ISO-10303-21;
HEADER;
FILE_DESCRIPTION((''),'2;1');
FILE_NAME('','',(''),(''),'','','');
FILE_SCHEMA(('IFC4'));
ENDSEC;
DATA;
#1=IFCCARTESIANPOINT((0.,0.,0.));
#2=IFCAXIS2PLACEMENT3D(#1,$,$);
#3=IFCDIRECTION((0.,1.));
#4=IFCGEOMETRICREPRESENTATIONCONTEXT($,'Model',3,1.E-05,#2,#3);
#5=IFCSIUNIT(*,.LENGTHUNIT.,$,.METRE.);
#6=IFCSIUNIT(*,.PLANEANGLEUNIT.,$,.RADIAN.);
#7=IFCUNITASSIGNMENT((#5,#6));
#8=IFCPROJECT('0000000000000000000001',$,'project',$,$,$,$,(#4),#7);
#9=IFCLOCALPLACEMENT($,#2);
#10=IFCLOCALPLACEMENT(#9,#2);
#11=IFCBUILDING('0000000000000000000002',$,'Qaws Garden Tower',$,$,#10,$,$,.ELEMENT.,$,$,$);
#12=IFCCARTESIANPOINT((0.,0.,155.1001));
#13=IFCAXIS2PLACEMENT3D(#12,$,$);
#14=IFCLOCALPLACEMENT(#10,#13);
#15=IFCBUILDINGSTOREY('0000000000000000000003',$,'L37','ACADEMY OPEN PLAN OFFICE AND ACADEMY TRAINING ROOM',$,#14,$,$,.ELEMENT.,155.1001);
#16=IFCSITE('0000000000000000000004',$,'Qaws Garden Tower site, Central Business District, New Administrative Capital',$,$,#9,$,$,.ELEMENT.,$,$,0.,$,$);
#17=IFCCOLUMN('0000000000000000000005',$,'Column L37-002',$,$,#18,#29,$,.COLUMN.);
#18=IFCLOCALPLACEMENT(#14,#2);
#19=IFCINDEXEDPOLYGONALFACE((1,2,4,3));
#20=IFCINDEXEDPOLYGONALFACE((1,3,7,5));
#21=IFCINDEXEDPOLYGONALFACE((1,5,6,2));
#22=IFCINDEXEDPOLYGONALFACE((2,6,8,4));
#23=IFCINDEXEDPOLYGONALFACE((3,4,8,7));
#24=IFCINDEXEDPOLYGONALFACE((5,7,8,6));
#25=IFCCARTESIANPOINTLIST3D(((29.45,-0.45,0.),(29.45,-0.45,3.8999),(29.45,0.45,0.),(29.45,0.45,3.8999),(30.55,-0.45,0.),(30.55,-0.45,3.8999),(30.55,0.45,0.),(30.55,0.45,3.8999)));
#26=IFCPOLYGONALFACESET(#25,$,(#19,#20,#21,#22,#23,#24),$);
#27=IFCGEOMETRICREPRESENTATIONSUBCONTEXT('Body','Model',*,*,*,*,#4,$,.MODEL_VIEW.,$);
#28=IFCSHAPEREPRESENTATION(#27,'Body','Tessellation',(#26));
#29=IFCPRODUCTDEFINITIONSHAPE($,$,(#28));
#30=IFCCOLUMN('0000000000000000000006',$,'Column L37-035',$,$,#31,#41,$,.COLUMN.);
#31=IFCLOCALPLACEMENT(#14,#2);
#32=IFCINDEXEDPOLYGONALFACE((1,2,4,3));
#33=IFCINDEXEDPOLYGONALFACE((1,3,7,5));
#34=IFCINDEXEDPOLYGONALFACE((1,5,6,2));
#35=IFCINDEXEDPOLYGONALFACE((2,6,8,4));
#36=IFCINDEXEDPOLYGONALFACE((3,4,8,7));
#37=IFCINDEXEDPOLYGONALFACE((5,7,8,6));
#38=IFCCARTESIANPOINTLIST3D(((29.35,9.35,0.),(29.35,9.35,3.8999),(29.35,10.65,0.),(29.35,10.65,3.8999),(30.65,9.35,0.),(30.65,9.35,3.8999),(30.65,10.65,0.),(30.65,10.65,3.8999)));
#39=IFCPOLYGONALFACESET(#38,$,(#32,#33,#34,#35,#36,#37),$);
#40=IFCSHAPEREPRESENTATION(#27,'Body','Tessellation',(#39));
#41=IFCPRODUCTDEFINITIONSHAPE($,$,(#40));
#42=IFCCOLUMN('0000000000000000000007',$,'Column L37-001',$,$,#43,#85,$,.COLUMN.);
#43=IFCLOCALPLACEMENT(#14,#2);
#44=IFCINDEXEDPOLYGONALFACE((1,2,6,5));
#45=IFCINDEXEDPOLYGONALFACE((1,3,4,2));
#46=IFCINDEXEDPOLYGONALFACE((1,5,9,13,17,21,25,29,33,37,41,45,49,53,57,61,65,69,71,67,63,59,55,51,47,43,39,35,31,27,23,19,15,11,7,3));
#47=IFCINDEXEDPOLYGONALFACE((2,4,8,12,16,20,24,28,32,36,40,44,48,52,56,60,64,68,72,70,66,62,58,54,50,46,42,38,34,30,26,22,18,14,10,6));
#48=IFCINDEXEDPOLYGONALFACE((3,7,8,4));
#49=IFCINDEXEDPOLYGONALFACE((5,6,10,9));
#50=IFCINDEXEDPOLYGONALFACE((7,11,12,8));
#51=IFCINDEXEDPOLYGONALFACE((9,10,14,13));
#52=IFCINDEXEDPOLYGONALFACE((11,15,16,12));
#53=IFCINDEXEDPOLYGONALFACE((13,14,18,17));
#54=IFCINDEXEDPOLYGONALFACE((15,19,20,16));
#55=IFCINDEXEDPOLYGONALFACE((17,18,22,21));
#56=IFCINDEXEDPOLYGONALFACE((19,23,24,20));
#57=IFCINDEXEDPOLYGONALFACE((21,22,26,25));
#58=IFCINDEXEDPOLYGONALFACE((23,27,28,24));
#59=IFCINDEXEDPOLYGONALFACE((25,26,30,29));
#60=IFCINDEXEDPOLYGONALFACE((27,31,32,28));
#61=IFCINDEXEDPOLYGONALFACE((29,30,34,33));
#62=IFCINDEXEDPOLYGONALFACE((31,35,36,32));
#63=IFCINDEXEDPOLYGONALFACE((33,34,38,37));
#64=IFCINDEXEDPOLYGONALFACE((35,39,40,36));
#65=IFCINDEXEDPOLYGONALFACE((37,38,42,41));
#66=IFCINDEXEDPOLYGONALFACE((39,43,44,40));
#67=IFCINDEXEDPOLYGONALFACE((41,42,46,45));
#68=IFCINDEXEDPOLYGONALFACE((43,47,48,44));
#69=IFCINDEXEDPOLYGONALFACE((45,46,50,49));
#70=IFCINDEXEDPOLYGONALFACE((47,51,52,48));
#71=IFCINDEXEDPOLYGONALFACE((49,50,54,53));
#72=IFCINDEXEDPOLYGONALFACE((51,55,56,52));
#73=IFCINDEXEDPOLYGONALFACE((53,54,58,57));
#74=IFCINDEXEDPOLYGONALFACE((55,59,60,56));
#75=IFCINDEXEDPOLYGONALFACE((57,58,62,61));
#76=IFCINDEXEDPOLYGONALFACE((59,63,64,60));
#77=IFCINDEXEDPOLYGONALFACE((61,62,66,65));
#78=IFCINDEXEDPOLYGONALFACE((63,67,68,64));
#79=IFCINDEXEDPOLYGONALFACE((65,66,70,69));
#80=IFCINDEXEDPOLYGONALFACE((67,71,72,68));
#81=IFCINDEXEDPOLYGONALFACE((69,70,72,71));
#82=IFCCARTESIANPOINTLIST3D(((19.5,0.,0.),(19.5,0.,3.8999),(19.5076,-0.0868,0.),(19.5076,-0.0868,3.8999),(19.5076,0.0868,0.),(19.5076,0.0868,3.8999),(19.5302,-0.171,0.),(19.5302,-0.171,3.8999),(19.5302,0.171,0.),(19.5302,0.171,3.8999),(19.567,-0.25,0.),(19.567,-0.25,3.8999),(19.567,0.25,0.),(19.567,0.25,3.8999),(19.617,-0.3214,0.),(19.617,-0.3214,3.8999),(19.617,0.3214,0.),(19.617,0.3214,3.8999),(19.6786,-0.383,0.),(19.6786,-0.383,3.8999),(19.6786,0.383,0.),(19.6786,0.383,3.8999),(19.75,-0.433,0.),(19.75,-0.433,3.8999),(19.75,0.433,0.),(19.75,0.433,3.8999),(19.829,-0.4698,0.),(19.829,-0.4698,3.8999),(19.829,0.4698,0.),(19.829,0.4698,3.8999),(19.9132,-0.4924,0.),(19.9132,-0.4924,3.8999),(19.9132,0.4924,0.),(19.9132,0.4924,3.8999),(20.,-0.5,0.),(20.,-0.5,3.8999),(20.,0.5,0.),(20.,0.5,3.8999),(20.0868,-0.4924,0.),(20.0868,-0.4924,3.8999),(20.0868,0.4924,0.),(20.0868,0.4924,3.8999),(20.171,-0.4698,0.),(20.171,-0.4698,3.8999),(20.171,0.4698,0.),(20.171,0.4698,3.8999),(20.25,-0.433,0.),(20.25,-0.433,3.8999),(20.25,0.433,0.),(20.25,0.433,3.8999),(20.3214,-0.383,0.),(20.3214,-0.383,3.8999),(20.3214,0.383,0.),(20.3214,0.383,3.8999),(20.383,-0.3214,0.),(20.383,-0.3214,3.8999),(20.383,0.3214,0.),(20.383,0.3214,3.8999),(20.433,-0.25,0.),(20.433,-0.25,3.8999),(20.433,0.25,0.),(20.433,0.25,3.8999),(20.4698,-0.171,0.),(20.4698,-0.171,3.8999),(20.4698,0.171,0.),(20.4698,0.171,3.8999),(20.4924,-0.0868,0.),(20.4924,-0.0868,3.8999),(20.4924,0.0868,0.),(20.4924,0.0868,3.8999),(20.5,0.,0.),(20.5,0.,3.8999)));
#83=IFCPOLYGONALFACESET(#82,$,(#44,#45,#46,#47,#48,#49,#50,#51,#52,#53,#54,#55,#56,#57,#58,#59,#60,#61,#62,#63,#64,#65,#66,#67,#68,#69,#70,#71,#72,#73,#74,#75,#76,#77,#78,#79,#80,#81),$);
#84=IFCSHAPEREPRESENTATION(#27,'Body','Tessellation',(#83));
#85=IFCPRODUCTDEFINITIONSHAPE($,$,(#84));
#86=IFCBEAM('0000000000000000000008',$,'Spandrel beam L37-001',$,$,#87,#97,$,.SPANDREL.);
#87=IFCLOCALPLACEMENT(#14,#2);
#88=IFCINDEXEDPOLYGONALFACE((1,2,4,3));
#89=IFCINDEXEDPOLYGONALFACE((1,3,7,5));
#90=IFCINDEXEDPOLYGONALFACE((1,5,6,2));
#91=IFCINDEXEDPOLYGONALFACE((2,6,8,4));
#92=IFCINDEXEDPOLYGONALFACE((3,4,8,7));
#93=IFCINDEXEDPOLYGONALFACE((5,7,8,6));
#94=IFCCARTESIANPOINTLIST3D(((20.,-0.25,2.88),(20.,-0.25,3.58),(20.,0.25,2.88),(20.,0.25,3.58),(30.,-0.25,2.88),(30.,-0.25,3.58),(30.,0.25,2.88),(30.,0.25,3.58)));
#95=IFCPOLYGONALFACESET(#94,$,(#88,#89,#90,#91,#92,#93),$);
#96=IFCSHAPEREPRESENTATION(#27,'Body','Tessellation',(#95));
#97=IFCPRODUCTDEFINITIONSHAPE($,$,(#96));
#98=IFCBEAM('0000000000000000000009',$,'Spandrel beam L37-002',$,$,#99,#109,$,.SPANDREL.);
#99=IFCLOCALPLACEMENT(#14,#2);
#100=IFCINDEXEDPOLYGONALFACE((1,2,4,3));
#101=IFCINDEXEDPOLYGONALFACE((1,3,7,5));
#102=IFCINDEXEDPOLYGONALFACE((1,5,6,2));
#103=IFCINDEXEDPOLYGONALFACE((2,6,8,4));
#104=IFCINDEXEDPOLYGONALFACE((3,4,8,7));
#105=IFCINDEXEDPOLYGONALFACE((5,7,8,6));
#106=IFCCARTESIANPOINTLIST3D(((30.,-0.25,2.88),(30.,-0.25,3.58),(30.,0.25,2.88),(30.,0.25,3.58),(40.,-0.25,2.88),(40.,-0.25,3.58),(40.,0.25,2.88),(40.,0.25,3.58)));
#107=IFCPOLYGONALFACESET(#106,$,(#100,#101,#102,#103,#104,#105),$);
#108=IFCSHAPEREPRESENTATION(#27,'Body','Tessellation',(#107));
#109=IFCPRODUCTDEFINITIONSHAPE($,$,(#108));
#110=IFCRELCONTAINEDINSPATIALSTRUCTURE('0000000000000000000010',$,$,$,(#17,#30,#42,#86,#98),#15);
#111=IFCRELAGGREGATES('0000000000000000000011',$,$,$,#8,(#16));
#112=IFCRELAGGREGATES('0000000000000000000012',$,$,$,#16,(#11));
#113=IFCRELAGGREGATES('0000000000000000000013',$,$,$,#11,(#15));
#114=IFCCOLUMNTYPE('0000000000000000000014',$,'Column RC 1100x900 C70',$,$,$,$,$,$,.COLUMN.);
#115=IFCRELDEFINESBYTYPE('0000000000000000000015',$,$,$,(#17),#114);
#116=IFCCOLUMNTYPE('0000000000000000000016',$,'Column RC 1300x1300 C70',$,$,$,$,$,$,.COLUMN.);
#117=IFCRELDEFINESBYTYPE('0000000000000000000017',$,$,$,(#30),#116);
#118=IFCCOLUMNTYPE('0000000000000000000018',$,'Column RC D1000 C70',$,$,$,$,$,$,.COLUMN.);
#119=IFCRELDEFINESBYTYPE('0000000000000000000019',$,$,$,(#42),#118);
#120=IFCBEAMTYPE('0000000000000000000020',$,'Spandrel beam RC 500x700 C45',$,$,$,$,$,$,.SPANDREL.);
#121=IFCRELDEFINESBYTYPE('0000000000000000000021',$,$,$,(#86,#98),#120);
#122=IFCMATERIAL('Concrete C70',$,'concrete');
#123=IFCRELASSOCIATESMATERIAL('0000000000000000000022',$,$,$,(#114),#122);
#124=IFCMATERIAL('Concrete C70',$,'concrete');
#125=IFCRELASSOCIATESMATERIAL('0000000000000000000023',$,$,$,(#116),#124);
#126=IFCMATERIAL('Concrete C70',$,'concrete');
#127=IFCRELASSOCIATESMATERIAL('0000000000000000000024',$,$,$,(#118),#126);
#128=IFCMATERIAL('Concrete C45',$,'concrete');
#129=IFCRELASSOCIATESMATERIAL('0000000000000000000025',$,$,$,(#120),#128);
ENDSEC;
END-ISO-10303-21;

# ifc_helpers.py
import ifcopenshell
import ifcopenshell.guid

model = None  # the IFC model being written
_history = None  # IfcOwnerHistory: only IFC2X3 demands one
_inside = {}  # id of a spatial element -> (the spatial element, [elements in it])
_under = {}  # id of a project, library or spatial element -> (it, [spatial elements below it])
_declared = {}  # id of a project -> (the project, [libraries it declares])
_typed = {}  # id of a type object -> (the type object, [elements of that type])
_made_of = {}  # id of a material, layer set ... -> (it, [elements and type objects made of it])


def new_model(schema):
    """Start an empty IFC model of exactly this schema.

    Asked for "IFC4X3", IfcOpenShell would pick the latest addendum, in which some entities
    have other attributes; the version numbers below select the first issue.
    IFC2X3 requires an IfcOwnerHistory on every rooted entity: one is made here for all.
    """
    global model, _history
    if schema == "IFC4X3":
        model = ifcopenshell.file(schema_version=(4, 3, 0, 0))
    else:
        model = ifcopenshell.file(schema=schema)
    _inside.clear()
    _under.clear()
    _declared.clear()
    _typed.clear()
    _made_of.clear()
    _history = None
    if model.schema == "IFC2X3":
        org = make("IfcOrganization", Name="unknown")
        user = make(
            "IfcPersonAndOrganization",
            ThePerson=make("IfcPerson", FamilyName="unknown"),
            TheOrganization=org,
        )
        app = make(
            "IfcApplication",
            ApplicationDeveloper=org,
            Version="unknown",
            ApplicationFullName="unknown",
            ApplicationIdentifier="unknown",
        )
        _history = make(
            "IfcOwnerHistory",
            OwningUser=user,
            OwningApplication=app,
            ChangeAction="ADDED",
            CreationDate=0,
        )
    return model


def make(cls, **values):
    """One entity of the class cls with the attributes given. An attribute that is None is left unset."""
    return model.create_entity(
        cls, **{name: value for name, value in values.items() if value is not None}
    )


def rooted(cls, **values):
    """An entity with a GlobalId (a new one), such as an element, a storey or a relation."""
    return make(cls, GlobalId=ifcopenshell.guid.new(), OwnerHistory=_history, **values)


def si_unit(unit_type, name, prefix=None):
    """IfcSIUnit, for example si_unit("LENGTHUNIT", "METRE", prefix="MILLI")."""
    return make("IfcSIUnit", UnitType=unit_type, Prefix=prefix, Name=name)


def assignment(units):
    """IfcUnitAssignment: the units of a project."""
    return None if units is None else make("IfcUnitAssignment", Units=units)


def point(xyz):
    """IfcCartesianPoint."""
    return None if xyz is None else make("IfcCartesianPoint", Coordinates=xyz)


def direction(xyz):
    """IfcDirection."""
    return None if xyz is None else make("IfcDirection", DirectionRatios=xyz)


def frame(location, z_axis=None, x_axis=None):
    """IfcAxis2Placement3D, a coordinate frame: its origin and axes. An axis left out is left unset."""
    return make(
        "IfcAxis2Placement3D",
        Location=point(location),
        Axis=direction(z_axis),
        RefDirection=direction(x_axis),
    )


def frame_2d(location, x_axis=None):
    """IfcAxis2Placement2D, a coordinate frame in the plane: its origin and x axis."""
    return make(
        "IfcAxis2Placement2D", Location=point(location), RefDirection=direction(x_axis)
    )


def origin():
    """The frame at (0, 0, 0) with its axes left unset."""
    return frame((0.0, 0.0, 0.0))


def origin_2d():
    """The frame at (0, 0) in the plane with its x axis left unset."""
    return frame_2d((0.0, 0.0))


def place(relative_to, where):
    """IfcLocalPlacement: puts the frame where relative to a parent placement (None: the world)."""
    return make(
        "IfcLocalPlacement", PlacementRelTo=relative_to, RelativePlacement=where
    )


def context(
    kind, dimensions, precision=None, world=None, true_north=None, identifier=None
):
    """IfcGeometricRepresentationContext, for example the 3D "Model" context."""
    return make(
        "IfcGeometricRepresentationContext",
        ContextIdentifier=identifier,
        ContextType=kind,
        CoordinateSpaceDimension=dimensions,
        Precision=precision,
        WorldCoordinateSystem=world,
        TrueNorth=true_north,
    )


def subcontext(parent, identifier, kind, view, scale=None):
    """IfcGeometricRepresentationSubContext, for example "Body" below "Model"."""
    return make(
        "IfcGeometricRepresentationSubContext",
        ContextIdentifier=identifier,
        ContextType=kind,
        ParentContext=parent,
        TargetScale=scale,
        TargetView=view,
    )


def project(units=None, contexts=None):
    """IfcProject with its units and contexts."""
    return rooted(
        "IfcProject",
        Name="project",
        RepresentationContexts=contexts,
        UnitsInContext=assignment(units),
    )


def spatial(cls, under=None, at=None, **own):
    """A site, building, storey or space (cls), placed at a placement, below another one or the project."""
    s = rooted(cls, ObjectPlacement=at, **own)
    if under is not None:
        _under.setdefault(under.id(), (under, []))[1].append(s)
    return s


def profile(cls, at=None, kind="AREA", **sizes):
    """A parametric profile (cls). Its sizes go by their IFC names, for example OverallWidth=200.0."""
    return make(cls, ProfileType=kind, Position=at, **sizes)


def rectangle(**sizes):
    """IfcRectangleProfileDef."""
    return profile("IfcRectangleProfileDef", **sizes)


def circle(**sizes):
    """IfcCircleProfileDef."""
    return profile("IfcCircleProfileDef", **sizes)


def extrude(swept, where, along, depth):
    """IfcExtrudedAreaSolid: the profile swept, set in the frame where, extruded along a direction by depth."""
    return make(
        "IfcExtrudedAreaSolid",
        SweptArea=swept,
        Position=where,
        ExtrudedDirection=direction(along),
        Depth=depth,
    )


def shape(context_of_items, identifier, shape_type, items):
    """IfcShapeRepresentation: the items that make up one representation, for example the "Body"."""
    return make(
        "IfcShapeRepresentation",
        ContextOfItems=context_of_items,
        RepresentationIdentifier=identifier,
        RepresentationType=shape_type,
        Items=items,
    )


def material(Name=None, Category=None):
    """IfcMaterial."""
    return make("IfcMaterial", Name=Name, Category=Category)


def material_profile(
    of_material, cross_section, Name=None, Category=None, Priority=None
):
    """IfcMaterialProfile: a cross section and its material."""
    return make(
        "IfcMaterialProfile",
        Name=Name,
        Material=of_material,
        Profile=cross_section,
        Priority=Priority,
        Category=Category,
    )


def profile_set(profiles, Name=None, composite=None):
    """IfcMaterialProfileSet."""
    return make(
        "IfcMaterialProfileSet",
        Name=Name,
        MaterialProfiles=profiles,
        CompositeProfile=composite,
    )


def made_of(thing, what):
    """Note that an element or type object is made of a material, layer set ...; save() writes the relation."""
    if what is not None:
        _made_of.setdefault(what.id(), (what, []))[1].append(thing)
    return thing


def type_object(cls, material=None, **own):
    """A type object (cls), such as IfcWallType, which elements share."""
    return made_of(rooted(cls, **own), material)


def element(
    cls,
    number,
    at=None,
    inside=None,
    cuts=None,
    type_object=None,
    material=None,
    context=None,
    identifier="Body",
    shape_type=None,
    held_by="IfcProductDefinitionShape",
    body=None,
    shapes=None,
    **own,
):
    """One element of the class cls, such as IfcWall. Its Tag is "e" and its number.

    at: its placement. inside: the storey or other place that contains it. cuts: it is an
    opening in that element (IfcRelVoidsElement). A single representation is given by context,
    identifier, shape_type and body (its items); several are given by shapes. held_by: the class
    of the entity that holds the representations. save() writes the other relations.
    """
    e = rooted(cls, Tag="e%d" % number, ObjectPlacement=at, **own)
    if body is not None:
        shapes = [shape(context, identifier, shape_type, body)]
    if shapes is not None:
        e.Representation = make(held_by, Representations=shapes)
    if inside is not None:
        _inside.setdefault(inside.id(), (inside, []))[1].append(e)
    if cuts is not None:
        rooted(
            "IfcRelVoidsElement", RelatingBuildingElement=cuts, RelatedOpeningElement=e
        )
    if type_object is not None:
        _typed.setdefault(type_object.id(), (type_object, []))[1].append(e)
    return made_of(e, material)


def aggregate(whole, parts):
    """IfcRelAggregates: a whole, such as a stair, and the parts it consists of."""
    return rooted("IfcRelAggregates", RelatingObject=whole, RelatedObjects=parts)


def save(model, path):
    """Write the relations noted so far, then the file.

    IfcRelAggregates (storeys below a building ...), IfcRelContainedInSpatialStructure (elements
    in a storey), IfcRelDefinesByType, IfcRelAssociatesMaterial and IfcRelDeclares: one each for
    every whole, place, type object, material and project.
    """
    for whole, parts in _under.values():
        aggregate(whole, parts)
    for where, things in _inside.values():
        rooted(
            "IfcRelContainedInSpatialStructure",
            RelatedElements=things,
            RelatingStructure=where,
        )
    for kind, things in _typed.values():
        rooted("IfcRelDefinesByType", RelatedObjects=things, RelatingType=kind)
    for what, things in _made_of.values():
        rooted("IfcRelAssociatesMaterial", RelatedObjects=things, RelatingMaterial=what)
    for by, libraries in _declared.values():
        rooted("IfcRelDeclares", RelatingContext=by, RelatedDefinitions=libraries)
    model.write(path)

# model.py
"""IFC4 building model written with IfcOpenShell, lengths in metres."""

from ifc_helpers import new_model, si_unit, direction, frame, origin, origin_2d, place, context, subcontext, project, spatial, rectangle, circle, extrude, material, material_profile, profile_set, type_object, element, save


model = new_model("IFC4")

# Units and contexts
model_context = context("Model", 3, precision=1e-05, world=origin(), true_north=direction((0.0, 1.0)))
body_context = subcontext(model_context, "Body", "Model", "MODEL_VIEW")
ifc_project = project(units=[si_unit("LENGTHUNIT", "METRE"), si_unit("PLANEANGLEUNIT", "RADIAN")], contexts=[model_context])

# Site, building, storey
site_placement = place(None, origin())
site = spatial("IfcSite", under=ifc_project, at=site_placement, Name="Qaws Garden Tower site, Central Business District, New Administrative Capital", CompositionType="ELEMENT", RefElevation=0.0)
building_placement = place(site_placement, origin())
building = spatial("IfcBuilding", under=site, at=building_placement, Name="Qaws Garden Tower", CompositionType="ELEMENT")
storey_placement = place(building_placement, frame((0.0, 0.0, 155.1001)))
storey = spatial("IfcBuildingStorey", under=building, at=storey_placement, Name="L37", Description="ACADEMY OPEN PLAN OFFICE AND ACADEMY TRAINING ROOM", CompositionType="ELEMENT", Elevation=155.1001)

# Columns
ifc_material_1 = material(Name="Concrete C70", Category="concrete")
ifc_material_profile_1 = material_profile(ifc_material_1, rectangle(XDim=1.1001, YDim=0.8999, at=origin_2d()), Name="RC 1100x900")
ifc_profile_set_1 = profile_set([ifc_material_profile_1], Name="Concrete C70")
column_type_1 = type_object("IfcColumnType", Name="Column RC 1100x900 C70", PredefinedType="COLUMN", material=ifc_profile_set_1)
column_1_placement = place(storey_placement, frame((30.0, 0.0, 0.0), z_axis=(0.0, 0.0, 1.0), x_axis=(1.0, 0.0, 0.0)))
element("IfcColumn", 1, at=column_1_placement, inside=storey, type_object=column_type_1, Name="Column L37-002", PredefinedType="COLUMN", context=body_context, shape_type="SweptSolid", body=[
    extrude(rectangle(XDim=1.1001, YDim=0.8999, at=origin_2d()), origin(), (0.0, 0.0, 1.0), 3.8999),
])
ifc_material_2 = material(Name="Concrete C70", Category="concrete")
ifc_material_profile_2 = material_profile(ifc_material_2, rectangle(XDim=1.3, YDim=1.3, at=origin_2d()), Name="RC 1300x1300")
ifc_profile_set_2 = profile_set([ifc_material_profile_2], Name="Concrete C70")
column_type_2 = type_object("IfcColumnType", Name="Column RC 1300x1300 C70", PredefinedType="COLUMN", material=ifc_profile_set_2)
column_2_placement = place(storey_placement, frame((30.0, 10.0, 0.0), z_axis=(0.0, 0.0, 1.0), x_axis=(1.0, 0.0, 0.0)))
element("IfcColumn", 2, at=column_2_placement, inside=storey, type_object=column_type_2, Name="Column L37-035", PredefinedType="COLUMN", context=body_context, shape_type="SweptSolid", body=[
    extrude(rectangle(XDim=1.3, YDim=1.3, at=origin_2d()), origin(), (0.0, 0.0, 1.0), 3.8999),
])
ifc_material_3 = material(Name="Concrete C70", Category="concrete")
ifc_material_profile_3 = material_profile(ifc_material_3, circle(Radius=0.5, at=origin_2d()), Name="RC D1000")
ifc_profile_set_3 = profile_set([ifc_material_profile_3], Name="Concrete C70")
column_type_3 = type_object("IfcColumnType", Name="Column RC D1000 C70", PredefinedType="COLUMN", material=ifc_profile_set_3)
column_3_placement = place(storey_placement, frame((20.0, 0.0, 0.0), z_axis=(0.0, 0.0, 1.0), x_axis=(1.0, 0.0, 0.0)))
element("IfcColumn", 3, at=column_3_placement, inside=storey, type_object=column_type_3, Name="Column L37-001", PredefinedType="COLUMN", context=body_context, shape_type="SweptSolid", body=[
    extrude(circle(Radius=0.5, at=origin_2d()), origin(), (0.0, 0.0, 1.0), 3.8999),
])

# Beams
ifc_material_4 = material(Name="Concrete C45", Category="concrete")
ifc_material_profile_4 = material_profile(ifc_material_4, rectangle(XDim=0.5, YDim=0.7, at=origin_2d()), Name="RC 500x700")
ifc_profile_set_4 = profile_set([ifc_material_profile_4], Name="Concrete C45")
beam_type = type_object("IfcBeamType", Name="Spandrel beam RC 500x700 C45", PredefinedType="SPANDREL", material=ifc_profile_set_4)
for number, where, z_axis, x_axis, name in (
    (4, (20.0, 0.0, 3.23), (1.0, 0.0, 0.0), (0.0, 1.0, 0.0), "Spandrel beam L37-001"),
    (5, (30.0, 0.0, 3.23), (1.0, 0.0, 0.0), (0.0, 1.0, 0.0), "Spandrel beam L37-002"),
):
    element("IfcBeam", number, at=place(storey_placement, frame(where, z_axis=z_axis, x_axis=x_axis)), inside=storey, type_object=beam_type, Name=name, PredefinedType="SPANDREL", context=body_context, shape_type="SweptSolid", body=[
        extrude(rectangle(XDim=0.5, YDim=0.7, at=origin_2d()), origin(), (0.0, 0.0, 1.0), 10.0),
    ])

save(model, "model.ifc")
